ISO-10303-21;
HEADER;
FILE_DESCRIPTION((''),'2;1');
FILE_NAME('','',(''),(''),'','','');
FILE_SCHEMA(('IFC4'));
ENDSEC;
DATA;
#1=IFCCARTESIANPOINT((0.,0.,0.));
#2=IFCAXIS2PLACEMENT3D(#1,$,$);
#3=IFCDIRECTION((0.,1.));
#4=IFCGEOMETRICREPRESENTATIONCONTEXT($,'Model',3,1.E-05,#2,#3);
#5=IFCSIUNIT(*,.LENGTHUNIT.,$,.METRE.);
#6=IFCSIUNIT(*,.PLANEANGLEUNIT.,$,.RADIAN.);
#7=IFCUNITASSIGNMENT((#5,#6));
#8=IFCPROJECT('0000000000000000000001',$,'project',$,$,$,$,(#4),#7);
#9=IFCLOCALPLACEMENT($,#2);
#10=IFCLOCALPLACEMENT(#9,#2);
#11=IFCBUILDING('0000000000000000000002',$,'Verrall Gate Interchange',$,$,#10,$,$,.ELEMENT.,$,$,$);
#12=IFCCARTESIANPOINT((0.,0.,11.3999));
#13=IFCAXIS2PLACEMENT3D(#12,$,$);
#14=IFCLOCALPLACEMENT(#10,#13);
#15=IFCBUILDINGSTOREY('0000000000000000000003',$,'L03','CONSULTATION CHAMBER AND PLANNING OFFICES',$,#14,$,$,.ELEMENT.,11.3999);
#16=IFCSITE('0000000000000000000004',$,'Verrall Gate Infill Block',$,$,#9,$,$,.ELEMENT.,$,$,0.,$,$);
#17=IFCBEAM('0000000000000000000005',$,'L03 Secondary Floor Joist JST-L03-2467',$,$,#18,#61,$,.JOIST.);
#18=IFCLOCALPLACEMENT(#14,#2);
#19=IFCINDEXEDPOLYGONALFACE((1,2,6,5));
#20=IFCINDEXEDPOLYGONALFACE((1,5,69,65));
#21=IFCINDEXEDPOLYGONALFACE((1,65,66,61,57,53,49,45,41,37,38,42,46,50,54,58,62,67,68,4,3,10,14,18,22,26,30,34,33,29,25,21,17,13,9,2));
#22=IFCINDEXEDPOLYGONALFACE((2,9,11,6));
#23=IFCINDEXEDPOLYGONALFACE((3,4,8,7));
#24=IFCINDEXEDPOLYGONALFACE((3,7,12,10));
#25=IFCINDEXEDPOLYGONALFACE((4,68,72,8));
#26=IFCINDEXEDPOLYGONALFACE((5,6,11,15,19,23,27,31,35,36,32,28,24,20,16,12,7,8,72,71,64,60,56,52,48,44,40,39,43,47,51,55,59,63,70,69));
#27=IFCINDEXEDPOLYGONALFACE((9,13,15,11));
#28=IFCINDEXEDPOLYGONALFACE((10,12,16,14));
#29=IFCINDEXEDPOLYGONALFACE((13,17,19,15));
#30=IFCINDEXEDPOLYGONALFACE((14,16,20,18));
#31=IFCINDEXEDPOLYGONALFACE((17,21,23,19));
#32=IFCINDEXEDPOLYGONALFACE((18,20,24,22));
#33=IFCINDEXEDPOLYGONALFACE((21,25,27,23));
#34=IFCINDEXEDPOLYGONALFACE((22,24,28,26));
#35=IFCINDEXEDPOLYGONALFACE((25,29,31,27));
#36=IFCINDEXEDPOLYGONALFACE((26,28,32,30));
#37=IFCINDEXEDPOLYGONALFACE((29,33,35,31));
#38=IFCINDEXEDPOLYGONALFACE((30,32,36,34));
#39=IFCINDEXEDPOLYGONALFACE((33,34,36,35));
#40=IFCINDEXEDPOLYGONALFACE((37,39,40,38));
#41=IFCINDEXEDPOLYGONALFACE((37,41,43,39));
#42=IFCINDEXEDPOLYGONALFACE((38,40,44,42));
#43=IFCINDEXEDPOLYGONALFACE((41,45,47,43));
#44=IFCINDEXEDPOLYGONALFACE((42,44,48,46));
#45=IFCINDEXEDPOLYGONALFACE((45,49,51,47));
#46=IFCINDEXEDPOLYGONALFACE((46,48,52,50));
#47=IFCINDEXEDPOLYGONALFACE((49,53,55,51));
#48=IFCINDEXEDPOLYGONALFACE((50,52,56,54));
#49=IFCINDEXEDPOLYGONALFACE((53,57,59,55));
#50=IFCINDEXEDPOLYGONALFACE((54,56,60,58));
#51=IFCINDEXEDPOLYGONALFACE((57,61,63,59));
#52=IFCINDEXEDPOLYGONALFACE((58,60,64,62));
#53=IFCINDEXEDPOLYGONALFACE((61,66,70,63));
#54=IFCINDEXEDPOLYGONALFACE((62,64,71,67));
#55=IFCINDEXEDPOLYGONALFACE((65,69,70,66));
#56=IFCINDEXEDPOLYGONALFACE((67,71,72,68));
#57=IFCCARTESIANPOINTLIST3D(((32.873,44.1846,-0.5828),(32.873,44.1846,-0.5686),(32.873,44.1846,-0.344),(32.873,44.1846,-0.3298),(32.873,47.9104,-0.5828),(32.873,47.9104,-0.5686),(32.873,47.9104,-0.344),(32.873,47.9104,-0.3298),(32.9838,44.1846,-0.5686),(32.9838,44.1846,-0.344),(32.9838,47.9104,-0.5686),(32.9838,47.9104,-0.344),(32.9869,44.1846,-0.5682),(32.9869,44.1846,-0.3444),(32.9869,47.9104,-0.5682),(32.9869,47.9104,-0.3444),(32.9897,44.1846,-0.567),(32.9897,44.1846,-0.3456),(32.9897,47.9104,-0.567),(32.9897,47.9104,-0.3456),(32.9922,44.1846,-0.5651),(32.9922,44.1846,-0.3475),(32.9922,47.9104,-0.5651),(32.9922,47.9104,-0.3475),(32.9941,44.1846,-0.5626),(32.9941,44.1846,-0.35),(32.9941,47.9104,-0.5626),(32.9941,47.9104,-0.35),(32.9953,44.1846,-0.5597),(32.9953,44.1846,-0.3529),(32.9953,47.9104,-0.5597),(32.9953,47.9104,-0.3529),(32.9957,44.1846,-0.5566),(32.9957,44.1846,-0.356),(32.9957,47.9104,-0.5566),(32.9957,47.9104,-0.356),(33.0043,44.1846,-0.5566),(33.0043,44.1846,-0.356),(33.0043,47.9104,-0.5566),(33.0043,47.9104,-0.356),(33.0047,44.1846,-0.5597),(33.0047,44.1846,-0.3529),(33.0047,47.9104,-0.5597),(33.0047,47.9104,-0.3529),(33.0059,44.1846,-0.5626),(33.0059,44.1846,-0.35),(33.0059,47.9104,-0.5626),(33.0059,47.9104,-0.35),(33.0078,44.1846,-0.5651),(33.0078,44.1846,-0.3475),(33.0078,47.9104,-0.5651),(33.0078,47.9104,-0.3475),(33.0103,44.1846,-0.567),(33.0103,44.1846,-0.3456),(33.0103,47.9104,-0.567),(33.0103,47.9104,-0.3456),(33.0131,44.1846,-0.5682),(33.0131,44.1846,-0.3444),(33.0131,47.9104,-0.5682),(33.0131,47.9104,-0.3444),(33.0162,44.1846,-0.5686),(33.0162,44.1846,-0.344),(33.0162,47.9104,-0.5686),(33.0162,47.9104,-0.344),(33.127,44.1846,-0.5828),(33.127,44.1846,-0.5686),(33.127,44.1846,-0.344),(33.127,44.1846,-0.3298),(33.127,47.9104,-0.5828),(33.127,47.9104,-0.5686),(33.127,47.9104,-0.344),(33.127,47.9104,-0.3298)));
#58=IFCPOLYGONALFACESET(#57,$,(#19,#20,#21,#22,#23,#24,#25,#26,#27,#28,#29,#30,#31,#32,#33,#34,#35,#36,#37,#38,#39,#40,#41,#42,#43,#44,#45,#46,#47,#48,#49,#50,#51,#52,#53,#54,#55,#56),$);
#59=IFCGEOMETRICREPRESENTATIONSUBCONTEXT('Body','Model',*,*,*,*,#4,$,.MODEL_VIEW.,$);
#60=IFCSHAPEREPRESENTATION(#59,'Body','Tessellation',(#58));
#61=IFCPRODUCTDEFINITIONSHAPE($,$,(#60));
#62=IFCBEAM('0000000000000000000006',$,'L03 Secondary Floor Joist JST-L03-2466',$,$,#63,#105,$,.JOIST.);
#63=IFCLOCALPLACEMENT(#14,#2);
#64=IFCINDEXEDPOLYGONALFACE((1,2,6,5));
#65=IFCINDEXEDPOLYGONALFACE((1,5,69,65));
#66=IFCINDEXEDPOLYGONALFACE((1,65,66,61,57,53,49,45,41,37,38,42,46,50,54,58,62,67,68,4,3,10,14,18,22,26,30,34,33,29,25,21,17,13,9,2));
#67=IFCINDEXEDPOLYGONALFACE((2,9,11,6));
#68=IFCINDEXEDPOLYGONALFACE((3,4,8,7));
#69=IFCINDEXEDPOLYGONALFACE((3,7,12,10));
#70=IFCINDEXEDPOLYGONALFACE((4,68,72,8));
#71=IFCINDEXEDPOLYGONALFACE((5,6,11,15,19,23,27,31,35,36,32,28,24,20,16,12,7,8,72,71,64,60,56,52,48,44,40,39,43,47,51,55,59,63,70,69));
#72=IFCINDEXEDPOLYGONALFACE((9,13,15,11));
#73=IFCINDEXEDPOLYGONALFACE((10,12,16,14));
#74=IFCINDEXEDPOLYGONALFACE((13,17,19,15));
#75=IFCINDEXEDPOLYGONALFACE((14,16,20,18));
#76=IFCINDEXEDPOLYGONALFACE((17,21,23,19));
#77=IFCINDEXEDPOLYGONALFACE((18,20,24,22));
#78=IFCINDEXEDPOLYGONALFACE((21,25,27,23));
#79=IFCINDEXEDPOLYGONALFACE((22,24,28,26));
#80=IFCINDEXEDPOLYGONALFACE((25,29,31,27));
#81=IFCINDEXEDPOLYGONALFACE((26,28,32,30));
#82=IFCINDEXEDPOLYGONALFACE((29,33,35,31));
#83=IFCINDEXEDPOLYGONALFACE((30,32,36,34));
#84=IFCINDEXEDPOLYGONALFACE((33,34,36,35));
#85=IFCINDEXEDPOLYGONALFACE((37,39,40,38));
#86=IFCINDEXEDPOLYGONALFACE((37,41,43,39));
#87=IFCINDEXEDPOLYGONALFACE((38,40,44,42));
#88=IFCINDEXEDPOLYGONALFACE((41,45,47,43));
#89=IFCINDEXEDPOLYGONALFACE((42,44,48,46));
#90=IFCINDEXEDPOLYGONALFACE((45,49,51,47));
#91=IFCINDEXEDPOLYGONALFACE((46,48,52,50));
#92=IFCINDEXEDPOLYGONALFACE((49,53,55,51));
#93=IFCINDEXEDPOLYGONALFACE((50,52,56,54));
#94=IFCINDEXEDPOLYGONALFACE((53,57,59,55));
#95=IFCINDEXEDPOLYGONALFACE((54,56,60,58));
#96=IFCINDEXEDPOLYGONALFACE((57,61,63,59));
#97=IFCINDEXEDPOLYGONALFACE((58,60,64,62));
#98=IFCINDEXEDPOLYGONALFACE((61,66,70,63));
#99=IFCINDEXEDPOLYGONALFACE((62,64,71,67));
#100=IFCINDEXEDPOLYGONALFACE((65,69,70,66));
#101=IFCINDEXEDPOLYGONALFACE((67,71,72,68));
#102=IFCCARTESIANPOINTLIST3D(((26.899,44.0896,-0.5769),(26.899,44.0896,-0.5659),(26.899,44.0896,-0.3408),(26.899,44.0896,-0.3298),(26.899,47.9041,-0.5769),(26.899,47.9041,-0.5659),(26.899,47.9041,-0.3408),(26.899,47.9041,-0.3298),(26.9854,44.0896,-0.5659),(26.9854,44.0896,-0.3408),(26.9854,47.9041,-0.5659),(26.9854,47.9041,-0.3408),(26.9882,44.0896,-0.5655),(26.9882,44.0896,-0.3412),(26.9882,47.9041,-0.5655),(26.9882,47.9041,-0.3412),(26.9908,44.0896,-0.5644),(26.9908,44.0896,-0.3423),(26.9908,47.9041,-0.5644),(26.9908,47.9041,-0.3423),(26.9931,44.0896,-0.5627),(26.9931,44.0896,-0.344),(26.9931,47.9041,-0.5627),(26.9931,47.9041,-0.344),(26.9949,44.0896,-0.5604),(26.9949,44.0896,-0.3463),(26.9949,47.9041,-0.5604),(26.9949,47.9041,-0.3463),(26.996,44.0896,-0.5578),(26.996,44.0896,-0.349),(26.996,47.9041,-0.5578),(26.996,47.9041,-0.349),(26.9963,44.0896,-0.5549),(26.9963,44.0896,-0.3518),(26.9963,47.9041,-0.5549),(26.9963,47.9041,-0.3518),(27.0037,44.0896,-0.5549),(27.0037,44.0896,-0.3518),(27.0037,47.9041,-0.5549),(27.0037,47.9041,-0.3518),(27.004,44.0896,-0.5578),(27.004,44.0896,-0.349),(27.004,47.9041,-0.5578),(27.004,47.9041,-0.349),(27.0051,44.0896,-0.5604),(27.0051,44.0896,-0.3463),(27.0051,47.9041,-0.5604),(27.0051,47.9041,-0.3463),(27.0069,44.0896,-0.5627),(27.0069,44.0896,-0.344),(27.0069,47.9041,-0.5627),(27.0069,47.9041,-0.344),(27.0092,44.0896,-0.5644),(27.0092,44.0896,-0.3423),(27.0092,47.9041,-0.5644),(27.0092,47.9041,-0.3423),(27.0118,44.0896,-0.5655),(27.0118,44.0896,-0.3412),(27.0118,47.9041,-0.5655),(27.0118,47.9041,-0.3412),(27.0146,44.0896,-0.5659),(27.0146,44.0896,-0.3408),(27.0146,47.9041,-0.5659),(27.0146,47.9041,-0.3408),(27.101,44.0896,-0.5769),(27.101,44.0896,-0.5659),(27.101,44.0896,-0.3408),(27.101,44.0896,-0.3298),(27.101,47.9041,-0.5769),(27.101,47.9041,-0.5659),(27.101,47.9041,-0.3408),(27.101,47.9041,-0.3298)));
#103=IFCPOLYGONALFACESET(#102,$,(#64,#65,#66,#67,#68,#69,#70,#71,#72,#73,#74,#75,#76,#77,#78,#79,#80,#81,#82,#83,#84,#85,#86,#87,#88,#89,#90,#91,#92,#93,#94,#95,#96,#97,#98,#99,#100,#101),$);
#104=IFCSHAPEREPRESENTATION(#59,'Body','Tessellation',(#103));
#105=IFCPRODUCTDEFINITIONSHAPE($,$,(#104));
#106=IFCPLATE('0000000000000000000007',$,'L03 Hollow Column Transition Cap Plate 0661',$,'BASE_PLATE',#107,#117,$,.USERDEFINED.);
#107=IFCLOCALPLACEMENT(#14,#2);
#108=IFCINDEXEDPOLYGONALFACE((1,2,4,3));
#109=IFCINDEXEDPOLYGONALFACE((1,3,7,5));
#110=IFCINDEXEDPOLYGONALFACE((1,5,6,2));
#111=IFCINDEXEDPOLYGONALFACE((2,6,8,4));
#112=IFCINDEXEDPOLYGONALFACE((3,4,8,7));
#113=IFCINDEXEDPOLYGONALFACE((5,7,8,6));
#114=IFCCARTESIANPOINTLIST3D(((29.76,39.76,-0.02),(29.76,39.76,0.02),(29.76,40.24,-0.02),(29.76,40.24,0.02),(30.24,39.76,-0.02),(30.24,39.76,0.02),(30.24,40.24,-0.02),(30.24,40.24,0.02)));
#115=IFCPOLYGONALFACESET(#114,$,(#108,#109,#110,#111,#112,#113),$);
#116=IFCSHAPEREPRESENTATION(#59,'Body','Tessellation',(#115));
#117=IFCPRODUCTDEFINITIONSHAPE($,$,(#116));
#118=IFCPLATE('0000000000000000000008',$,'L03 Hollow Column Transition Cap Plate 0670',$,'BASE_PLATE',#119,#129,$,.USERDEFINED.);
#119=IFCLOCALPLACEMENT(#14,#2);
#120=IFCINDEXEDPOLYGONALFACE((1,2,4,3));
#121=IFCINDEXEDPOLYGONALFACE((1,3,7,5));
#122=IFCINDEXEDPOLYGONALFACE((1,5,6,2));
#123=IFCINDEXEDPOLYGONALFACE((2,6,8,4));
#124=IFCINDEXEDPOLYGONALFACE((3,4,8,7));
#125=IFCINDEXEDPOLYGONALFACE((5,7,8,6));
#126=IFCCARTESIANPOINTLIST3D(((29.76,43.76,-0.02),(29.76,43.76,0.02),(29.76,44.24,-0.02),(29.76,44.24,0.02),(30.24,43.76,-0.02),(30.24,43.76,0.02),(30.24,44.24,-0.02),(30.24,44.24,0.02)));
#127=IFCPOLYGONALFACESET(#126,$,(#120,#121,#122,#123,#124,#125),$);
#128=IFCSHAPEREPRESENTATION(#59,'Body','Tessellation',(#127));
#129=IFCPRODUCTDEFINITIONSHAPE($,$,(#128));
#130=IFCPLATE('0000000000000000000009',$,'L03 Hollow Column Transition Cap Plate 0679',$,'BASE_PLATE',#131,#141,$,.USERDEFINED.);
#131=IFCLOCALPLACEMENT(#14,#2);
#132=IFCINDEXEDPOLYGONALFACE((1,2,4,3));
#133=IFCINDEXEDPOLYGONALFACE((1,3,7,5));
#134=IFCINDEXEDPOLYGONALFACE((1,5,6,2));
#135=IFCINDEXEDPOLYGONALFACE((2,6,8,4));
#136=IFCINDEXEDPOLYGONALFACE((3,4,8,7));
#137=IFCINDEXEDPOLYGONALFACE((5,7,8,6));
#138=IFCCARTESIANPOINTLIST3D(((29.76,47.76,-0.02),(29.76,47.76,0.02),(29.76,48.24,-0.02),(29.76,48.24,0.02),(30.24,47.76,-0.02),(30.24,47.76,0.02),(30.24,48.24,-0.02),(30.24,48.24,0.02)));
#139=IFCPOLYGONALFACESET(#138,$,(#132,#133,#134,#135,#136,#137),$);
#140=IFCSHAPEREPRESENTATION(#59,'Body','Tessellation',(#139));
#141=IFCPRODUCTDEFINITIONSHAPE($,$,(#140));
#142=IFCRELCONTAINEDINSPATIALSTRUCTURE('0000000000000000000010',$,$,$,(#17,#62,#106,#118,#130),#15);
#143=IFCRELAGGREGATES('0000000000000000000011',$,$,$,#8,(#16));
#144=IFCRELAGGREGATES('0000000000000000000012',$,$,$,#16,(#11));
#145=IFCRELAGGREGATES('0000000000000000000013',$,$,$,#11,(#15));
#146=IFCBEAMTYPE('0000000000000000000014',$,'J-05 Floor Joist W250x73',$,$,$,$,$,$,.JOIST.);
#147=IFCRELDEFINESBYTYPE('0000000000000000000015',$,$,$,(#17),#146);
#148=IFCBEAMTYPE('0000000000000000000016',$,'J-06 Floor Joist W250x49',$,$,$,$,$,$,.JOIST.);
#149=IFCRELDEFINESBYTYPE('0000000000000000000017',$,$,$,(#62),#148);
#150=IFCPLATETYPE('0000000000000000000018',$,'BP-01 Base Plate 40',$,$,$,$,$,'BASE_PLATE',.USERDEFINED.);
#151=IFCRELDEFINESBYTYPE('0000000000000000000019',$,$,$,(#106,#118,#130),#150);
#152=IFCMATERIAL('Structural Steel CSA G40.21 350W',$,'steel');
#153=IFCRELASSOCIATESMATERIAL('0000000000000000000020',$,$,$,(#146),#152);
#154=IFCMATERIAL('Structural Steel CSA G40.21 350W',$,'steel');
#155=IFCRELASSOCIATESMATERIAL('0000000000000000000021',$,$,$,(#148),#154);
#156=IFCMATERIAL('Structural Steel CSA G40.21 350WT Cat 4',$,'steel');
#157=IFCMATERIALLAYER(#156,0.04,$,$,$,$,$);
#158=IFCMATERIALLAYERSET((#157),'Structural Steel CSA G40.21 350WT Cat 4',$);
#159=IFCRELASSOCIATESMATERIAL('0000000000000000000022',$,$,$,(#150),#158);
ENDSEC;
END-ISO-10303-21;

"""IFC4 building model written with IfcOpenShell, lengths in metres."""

from ifc_helpers import new_model, si_unit, direction, frame, origin, origin_2d, place, context, subcontext, project, spatial, rectangle, i_section, extrude, material, layer, layer_set, material_profile, profile_set, type_object, element, save


model = new_model("IFC4")

# Units and contexts
model_context = context("Model", 3, precision=1e-05, world=origin(), true_north=direction((0.0, 1.0)))
body_context = subcontext(model_context, "Body", "Model", "MODEL_VIEW")
ifc_project = project(units=[si_unit("LENGTHUNIT", "METRE"), si_unit("PLANEANGLEUNIT", "RADIAN")], contexts=[model_context])

# Site, building, storey
site_placement = place(None, origin())
site = spatial("IfcSite", under=ifc_project, at=site_placement, Name="Verrall Gate Infill Block", CompositionType="ELEMENT", RefElevation=0.0)
building_placement = place(site_placement, origin())
building = spatial("IfcBuilding", under=site, at=building_placement, Name="Verrall Gate Interchange", CompositionType="ELEMENT")
storey_placement = place(building_placement, frame((0.0, 0.0, 11.3999)))
storey = spatial("IfcBuildingStorey", under=building, at=storey_placement, Name="L03", Description="CONSULTATION CHAMBER AND PLANNING OFFICES", CompositionType="ELEMENT", Elevation=11.3999)

# Beams
ifc_material_1 = material(Name="Structural Steel CSA G40.21 350W", Category="steel")
ifc_material_profile_1 = material_profile(ifc_material_1, i_section(OverallWidth=0.2539, OverallDepth=0.2529, WebThickness=0.0085, FlangeThickness=0.0142, FilletRadius=0.012, at=origin_2d()), Name="W250x73")
ifc_profile_set_1 = profile_set([ifc_material_profile_1], Name="Structural Steel CSA G40.21 350W")
beam_type_1 = type_object("IfcBeamType", Name="J-05 Floor Joist W250x73", PredefinedType="JOIST", material=ifc_profile_set_1)
beam_1_placement = place(storey_placement, frame((33.0, 44.1846, -0.4563), z_axis=(0.0, 1.0, 0.0), x_axis=(-1.0, 0.0, 0.0)))
element("IfcBeam", 1, at=beam_1_placement, inside=storey, type_object=beam_type_1, Name="L03 Secondary Floor Joist JST-L03-2467", PredefinedType="JOIST", context=body_context, shape_type="SweptSolid", body=[
    extrude(i_section(OverallWidth=0.2539, OverallDepth=0.2529, WebThickness=0.0085, FlangeThickness=0.0142, FilletRadius=0.012, at=origin_2d()), origin(), (0.0, 0.0, 1.0), 3.7258),
])
ifc_material_2 = material(Name="Structural Steel CSA G40.21 350W", Category="steel")
ifc_material_profile_2 = material_profile(ifc_material_2, i_section(OverallWidth=0.2019, OverallDepth=0.2471, WebThickness=0.0073, FlangeThickness=0.011, FilletRadius=0.011, at=origin_2d()), Name="W250x49")
ifc_profile_set_2 = profile_set([ifc_material_profile_2], Name="Structural Steel CSA G40.21 350W")
beam_type_2 = type_object("IfcBeamType", Name="J-06 Floor Joist W250x49", PredefinedType="JOIST", material=ifc_profile_set_2)
beam_2_placement = place(storey_placement, frame((27.0, 44.0896, -0.4534), z_axis=(0.0, 1.0, 0.0), x_axis=(-1.0, 0.0, 0.0)))
element("IfcBeam", 2, at=beam_2_placement, inside=storey, type_object=beam_type_2, Name="L03 Secondary Floor Joist JST-L03-2466", PredefinedType="JOIST", context=body_context, shape_type="SweptSolid", body=[
    extrude(i_section(OverallWidth=0.2019, OverallDepth=0.2471, WebThickness=0.0073, FlangeThickness=0.011, FilletRadius=0.011, at=origin_2d()), origin(), (0.0, 0.0, 1.0), 3.8145),
])

# Plates
ifc_material_3 = material(Name="Structural Steel CSA G40.21 350WT Cat 4", Category="steel")
ifc_layer = layer(ifc_material_3, 0.04)
ifc_layer_set = layer_set([ifc_layer], Name="Structural Steel CSA G40.21 350WT Cat 4")
plate_type = type_object("IfcPlateType", Name="BP-01 Base Plate 40", ElementType="BASE_PLATE", PredefinedType="USERDEFINED", material=ifc_layer_set)
for number, where, z_axis, x_axis, name in (
    (3, (30.0, 40.0, -0.02), (0.0, 0.0, 1.0), (1.0, 0.0, 0.0), "L03 Hollow Column Transition Cap Plate 0661"),
    (4, (30.0, 44.0, -0.02), (0.0, 0.0, 1.0), (1.0, 0.0, 0.0), "L03 Hollow Column Transition Cap Plate 0670"),
    (5, (30.0, 48.0, -0.02), (0.0, 0.0, 1.0), (1.0, 0.0, 0.0), "L03 Hollow Column Transition Cap Plate 0679"),
):
    element("IfcPlate", number, at=place(storey_placement, frame(where, z_axis=z_axis, x_axis=x_axis)), inside=storey, type_object=plate_type, Name=name, ObjectType="BASE_PLATE", PredefinedType="USERDEFINED", context=body_context, shape_type="SweptSolid", body=[
        extrude(rectangle(XDim=0.48, YDim=0.48, at=origin_2d()), origin(), (0.0, 0.0, 1.0), 0.04),
    ])

save(model, "model.ifc")
